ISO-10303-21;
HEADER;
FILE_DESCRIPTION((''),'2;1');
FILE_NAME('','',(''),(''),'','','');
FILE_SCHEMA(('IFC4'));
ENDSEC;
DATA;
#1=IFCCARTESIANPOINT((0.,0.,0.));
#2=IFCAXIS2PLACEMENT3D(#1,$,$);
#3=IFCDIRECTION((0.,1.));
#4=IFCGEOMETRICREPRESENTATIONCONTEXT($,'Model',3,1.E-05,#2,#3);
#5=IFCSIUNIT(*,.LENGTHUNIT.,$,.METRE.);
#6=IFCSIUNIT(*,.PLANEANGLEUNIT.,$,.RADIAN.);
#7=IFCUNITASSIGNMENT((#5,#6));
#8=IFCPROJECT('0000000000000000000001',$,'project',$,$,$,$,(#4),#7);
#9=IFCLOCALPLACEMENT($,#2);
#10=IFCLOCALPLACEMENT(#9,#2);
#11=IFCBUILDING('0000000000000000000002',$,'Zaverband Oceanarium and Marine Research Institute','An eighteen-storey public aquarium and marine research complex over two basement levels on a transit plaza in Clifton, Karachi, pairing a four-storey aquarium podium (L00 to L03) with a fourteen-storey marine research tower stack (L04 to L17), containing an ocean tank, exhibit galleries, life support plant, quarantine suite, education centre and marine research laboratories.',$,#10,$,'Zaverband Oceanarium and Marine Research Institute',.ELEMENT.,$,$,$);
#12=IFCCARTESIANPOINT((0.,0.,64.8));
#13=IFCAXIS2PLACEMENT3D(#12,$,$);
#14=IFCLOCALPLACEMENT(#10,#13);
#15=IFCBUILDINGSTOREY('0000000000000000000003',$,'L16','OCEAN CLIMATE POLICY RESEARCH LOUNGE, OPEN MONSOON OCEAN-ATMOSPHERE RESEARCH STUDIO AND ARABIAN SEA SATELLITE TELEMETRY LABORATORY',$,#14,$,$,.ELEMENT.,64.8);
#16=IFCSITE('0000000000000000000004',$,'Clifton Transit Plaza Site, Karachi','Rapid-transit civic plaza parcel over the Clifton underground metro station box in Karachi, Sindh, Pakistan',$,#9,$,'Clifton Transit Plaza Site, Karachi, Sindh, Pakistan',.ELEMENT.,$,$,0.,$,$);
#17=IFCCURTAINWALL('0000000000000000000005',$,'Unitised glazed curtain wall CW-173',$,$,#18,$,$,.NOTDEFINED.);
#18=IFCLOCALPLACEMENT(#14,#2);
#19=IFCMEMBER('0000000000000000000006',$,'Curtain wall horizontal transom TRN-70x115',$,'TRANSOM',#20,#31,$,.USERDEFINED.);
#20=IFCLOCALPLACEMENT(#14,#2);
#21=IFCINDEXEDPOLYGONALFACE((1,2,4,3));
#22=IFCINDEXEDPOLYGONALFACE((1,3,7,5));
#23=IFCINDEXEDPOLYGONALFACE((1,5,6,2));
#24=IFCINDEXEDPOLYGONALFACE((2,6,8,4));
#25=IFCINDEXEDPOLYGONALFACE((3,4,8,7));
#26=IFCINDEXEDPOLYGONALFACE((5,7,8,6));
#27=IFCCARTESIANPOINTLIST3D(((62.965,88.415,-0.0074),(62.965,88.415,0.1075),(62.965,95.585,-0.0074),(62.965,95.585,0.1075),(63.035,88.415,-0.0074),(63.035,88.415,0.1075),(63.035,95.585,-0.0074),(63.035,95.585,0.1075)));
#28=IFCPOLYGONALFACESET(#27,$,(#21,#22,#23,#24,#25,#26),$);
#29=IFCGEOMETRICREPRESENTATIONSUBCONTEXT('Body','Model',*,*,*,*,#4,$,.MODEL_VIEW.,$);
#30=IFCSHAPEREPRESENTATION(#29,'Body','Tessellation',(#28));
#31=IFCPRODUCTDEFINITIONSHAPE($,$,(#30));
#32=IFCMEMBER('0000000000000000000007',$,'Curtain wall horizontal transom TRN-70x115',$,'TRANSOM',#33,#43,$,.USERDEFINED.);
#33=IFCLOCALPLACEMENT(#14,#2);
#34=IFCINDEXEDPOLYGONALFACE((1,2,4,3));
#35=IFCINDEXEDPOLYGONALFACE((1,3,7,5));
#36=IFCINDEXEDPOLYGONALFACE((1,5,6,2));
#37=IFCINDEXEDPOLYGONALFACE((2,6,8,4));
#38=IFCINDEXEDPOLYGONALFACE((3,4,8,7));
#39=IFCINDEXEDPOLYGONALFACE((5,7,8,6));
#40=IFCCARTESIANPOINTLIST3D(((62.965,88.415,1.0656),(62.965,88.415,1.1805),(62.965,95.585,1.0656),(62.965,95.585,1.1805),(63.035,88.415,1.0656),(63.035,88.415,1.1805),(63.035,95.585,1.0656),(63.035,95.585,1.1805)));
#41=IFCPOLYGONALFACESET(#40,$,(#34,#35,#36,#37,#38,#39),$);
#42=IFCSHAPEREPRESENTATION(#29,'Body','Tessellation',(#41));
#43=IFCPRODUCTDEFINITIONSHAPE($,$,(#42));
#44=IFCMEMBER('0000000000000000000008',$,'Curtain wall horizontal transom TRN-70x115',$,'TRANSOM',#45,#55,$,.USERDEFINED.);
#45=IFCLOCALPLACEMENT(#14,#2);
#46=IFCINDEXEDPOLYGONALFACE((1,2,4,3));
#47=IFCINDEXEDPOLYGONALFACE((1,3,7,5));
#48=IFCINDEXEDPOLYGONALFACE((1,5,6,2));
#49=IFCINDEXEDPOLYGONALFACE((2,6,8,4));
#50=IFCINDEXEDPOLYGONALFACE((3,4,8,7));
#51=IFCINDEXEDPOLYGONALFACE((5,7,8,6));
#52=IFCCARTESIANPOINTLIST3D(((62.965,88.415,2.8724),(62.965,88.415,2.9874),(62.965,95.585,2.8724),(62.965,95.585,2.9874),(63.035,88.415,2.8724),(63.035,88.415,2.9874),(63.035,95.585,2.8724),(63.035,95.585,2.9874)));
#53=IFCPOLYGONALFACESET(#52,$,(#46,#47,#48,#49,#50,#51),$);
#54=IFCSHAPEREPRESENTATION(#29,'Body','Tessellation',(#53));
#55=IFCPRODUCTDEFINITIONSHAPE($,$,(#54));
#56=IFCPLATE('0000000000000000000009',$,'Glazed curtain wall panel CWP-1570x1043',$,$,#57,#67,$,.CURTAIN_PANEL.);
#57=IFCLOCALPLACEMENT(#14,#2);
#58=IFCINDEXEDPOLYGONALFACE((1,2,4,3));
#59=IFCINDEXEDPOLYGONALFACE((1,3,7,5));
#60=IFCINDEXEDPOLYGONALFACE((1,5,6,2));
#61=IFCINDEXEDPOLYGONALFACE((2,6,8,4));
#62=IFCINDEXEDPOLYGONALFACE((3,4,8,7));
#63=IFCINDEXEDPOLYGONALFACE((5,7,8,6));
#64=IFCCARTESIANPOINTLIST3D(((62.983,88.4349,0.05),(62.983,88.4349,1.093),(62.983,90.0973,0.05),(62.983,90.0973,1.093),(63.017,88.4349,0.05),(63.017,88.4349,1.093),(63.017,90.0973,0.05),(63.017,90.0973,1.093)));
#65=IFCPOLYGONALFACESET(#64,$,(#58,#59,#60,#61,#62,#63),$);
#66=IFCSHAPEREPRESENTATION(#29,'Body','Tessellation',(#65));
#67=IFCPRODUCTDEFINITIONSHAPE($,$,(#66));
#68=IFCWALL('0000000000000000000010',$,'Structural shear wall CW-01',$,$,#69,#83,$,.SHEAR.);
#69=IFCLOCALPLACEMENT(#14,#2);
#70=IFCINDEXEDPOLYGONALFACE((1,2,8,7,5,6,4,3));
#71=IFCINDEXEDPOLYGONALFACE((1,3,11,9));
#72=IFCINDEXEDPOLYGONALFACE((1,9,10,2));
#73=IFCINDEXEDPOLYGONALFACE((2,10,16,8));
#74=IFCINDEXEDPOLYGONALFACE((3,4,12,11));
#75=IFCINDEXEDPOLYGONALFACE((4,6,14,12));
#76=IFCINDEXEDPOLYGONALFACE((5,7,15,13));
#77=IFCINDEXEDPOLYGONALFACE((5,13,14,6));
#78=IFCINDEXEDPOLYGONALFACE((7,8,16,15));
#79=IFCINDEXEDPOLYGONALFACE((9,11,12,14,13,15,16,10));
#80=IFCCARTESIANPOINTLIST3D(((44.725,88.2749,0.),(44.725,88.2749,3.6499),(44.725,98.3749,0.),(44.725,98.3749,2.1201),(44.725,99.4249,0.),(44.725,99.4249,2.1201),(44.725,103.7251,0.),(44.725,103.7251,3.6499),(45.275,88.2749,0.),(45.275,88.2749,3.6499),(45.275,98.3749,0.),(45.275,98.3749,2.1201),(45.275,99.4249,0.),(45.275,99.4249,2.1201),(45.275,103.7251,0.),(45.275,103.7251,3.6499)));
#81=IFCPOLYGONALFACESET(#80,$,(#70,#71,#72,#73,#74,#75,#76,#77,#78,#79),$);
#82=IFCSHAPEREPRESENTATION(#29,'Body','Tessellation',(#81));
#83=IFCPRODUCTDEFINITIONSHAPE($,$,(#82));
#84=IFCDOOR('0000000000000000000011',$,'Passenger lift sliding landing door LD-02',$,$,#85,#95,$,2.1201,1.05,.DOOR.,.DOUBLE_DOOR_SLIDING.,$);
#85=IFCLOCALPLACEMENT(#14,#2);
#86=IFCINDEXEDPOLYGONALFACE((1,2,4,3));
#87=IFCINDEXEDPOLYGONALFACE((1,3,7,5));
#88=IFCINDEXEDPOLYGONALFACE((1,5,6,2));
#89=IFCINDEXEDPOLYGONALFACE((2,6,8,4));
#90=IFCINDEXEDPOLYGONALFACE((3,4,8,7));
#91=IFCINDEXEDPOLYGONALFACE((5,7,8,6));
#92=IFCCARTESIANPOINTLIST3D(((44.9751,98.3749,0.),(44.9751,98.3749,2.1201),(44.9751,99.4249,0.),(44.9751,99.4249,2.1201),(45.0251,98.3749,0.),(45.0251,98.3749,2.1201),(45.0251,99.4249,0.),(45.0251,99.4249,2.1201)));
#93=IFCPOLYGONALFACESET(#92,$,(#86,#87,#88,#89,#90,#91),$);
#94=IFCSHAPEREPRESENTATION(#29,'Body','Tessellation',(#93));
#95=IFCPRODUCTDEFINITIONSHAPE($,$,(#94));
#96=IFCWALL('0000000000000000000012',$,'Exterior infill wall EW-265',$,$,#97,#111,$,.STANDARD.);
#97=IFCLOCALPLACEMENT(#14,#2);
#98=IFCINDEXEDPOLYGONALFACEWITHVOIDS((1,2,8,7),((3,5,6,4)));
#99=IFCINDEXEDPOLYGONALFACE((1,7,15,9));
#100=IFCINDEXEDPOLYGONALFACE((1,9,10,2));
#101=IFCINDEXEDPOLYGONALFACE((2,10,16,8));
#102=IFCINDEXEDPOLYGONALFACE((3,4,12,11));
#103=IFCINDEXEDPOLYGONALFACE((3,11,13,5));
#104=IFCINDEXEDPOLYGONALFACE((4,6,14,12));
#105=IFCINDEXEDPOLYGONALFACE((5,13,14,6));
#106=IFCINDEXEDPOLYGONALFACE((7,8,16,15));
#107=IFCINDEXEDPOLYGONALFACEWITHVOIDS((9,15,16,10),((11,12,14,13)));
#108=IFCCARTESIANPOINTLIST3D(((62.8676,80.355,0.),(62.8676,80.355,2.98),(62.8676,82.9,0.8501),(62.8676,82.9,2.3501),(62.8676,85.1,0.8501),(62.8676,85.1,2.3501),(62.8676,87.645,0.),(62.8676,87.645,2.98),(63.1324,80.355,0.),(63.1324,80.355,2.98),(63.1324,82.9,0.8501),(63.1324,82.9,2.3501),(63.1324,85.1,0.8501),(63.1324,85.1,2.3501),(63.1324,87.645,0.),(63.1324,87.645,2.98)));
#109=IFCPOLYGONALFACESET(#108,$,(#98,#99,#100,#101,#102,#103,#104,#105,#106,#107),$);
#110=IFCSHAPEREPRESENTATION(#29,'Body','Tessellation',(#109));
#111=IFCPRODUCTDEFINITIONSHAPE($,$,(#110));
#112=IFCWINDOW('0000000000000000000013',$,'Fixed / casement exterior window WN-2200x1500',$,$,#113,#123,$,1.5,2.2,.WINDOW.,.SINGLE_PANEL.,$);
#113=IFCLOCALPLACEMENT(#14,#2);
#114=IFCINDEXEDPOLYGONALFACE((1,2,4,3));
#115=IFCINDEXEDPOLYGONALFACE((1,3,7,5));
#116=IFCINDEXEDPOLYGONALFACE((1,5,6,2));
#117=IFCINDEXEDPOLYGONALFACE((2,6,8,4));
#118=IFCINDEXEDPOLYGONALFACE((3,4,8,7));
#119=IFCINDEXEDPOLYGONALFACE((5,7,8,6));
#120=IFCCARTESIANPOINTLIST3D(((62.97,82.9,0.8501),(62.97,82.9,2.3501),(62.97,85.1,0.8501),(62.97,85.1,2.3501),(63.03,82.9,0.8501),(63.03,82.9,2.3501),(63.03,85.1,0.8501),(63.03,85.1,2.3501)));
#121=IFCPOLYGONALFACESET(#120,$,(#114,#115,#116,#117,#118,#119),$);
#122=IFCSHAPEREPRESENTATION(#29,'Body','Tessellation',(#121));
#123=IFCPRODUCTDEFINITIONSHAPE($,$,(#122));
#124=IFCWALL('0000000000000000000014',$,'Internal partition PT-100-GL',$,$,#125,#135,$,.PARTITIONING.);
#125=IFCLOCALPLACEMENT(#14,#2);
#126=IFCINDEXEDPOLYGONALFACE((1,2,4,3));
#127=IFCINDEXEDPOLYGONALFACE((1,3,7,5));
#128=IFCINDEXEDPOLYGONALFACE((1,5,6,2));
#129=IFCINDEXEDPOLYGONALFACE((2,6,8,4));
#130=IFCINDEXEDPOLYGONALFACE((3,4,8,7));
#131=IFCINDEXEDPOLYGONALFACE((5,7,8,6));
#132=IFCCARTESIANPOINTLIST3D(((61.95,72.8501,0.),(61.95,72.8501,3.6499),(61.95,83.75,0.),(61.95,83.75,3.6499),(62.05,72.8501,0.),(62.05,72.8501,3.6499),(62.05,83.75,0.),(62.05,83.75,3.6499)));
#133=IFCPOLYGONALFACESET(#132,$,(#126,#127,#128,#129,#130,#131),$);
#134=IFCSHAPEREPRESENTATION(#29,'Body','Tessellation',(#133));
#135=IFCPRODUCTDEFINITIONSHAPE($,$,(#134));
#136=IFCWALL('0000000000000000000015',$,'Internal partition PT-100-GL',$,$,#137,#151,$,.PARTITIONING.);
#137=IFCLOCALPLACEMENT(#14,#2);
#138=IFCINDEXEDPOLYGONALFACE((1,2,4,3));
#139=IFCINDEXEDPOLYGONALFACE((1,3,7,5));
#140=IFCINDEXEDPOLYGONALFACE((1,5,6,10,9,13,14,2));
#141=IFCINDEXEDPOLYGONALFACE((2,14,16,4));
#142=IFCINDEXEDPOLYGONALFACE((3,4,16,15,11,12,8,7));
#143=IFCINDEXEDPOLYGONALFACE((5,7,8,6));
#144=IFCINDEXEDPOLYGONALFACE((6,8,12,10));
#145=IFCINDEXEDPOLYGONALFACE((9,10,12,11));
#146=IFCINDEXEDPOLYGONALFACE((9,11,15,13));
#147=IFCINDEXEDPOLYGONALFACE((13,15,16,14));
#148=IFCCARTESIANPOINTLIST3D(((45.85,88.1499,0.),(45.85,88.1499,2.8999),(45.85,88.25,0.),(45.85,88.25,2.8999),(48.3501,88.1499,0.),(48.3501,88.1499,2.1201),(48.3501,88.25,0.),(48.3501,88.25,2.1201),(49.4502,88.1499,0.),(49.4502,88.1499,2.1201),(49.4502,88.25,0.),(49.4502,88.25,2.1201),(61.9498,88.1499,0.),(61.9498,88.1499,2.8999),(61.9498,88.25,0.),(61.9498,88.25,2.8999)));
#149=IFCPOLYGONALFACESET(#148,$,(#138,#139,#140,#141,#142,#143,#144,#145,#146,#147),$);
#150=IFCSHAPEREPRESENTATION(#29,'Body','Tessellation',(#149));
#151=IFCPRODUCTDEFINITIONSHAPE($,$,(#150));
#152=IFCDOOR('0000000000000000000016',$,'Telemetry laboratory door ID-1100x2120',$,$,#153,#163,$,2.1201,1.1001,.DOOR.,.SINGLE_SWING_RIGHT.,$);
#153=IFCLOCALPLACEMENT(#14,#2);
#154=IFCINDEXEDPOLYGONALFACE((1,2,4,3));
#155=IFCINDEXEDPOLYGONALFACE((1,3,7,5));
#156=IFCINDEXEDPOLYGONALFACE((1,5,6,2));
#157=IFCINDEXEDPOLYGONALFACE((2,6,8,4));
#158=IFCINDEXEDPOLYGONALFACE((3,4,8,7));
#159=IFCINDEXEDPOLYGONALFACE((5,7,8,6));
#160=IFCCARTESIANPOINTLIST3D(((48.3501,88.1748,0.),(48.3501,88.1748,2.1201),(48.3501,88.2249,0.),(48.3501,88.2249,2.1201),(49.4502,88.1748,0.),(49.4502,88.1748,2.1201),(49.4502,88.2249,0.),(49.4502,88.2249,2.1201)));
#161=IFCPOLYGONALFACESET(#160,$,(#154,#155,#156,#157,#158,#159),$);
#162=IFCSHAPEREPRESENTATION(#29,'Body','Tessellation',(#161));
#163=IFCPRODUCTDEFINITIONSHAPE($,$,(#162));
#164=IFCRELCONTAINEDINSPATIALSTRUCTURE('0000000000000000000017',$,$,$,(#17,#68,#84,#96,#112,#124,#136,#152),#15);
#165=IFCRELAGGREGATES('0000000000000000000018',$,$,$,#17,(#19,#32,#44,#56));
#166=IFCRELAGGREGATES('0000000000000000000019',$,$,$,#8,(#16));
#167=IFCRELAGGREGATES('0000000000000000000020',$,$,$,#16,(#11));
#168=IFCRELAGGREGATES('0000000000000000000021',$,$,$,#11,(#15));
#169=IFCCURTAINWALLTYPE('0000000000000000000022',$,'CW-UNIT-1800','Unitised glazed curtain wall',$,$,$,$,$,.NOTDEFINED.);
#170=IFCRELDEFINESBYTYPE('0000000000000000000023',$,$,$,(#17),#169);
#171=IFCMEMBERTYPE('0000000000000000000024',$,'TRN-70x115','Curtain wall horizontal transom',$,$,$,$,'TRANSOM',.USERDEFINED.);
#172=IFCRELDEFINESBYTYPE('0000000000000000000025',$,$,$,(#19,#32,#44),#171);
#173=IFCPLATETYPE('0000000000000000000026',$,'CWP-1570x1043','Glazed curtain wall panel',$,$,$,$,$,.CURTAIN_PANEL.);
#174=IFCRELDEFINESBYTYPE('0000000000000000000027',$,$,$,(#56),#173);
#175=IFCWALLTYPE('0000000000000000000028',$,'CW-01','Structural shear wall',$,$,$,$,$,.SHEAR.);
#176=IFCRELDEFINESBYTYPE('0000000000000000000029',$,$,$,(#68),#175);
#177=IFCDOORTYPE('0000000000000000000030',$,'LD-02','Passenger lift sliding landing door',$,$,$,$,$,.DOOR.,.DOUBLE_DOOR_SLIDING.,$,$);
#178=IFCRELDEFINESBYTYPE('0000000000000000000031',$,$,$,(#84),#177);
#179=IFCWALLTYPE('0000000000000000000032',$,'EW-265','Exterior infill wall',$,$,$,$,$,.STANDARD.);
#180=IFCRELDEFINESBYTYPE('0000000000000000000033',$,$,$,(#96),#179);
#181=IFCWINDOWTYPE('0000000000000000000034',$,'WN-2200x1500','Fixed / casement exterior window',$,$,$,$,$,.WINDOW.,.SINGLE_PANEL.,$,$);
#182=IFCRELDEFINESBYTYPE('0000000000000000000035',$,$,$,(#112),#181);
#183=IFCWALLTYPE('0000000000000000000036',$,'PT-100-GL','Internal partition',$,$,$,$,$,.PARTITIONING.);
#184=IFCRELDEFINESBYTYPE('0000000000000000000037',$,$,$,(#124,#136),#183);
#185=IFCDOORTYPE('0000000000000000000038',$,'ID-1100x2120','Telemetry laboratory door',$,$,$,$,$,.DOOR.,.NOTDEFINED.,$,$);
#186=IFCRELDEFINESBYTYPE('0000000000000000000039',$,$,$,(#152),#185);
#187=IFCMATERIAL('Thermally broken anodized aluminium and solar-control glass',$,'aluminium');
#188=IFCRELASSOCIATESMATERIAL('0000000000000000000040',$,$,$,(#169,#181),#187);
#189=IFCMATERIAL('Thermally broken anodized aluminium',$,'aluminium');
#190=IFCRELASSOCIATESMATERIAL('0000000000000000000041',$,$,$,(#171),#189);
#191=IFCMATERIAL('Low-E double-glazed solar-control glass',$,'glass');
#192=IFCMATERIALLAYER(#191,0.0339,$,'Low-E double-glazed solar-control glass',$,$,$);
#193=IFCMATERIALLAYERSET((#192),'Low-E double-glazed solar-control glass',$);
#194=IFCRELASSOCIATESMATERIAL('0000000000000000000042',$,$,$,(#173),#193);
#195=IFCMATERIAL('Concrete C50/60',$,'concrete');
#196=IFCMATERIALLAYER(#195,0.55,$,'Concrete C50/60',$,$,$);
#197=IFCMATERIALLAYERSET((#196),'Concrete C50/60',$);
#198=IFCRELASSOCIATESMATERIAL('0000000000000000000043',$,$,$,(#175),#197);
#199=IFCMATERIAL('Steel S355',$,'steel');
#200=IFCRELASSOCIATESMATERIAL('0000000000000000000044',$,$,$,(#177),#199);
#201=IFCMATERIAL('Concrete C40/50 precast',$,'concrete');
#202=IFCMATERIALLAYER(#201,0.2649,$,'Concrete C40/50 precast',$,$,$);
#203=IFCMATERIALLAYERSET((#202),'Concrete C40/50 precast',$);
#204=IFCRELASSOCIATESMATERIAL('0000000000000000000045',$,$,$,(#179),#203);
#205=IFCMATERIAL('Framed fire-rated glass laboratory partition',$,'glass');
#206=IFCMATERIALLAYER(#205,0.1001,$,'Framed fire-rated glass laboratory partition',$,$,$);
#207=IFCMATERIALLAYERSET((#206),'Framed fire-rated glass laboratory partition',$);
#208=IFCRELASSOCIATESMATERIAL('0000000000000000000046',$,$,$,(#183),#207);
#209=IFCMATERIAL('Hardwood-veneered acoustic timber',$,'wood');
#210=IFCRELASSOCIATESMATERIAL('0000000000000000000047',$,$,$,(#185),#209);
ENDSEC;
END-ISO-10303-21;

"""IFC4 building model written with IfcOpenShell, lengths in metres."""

from ifc_helpers import new_model, si_unit, direction, frame, frame_2d, origin, origin_2d, place, context, subcontext, project, spatial, rectangle, extrude, material, layer, layer_set, material_profile, profile_set, type_object, element, fill, aggregate, save


model = new_model("IFC4")

# Units and contexts
model_context = context("Model", 3, precision=1e-05, world=origin(), true_north=direction((0.0, 1.0)))
body_context = subcontext(model_context, "Body", "Model", "MODEL_VIEW")
ifc_project = project(units=[si_unit("LENGTHUNIT", "METRE"), si_unit("PLANEANGLEUNIT", "RADIAN")], contexts=[model_context])

# Site, building, storey
site_placement = place(None, origin())
site = spatial("IfcSite", under=ifc_project, at=site_placement, Name="Clifton Transit Plaza Site, Karachi", Description="Rapid-transit civic plaza parcel over the Clifton underground metro station box in Karachi, Sindh, Pakistan", LongName="Clifton Transit Plaza Site, Karachi, Sindh, Pakistan", CompositionType="ELEMENT", RefElevation=0.0)
building_placement = place(site_placement, origin())
building = spatial("IfcBuilding", under=site, at=building_placement, Name="Zaverband Oceanarium and Marine Research Institute", Description="An eighteen-storey public aquarium and marine research complex over two basement levels on a transit plaza in Clifton, Karachi, pairing a four-storey aquarium podium (L00 to L03) with a fourteen-storey marine research tower stack (L04 to L17), containing an ocean tank, exhibit galleries, life support plant, quarantine suite, education centre and marine research laboratories.", LongName="Zaverband Oceanarium and Marine Research Institute", CompositionType="ELEMENT")
storey_placement = place(building_placement, frame((0.0, 0.0, 64.8)))
storey = spatial("IfcBuildingStorey", under=building, at=storey_placement, Name="L16", Description="OCEAN CLIMATE POLICY RESEARCH LOUNGE, OPEN MONSOON OCEAN-ATMOSPHERE RESEARCH STUDIO AND ARABIAN SEA SATELLITE TELEMETRY LABORATORY", CompositionType="ELEMENT", Elevation=64.8)

# Shared definitions
ifc_material_1 = material(Name="Concrete C50/60", Category="concrete")

# Shared definitions
ifc_material_2 = material(Name="Steel S355", Category="steel")

# Curtain wall
ifc_material_3 = material(Name="Thermally broken anodized aluminium and solar-control glass", Category="aluminium")
curtain_wall_type = type_object("IfcCurtainWallType", Name="CW-UNIT-1800", Description="Unitised glazed curtain wall", PredefinedType="NOTDEFINED", material=ifc_material_3)
curtain_wall_placement = place(storey_placement, origin())
curtain_wall = element("IfcCurtainWall", 1, at=curtain_wall_placement, inside=storey, type_object=curtain_wall_type, Name="Unitised glazed curtain wall CW-173", PredefinedType="NOTDEFINED")
ifc_material_4 = material(Name="Thermally broken anodized aluminium", Category="aluminium")

# Members
ifc_material_profile_1 = material_profile(ifc_material_4, rectangle(XDim=0.0701, YDim=0.115, at=origin_2d()), Name="AL-TRN-70x115")
ifc_profile_set_1 = profile_set([ifc_material_profile_1], Name="Thermally broken anodized aluminium")
member_type_1 = type_object("IfcMemberType", Name="TRN-70x115", Description="Curtain wall horizontal transom", ElementType="TRANSOM", PredefinedType="USERDEFINED", material=ifc_profile_set_1)
member_1_placement = place(storey_placement, frame((63.0, 88.415, 0.05), z_axis=(0.0, 1.0, 0.0), x_axis=(-1.0, 0.0, 0.0)))
member_1 = element("IfcMember", 2, at=member_1_placement, type_object=member_type_1, Name="Curtain wall horizontal transom TRN-70x115", ObjectType="TRANSOM", PredefinedType="USERDEFINED", context=body_context, shape_type="SweptSolid", body=[
    extrude(rectangle(XDim=0.0701, YDim=0.115, at=origin_2d()), origin(), (0.0, 0.0, 1.0), 7.1699),
])
member_2_placement = place(storey_placement, frame((63.0, 88.415, 1.123), z_axis=(0.0, 1.0, 0.0), x_axis=(-1.0, 0.0, 0.0)))
member_2 = element("IfcMember", 3, at=member_2_placement, type_object=member_type_1, Name="Curtain wall horizontal transom TRN-70x115", ObjectType="TRANSOM", PredefinedType="USERDEFINED", context=body_context, shape_type="SweptSolid", body=[
    extrude(rectangle(XDim=0.0701, YDim=0.115, at=origin_2d()), origin(), (0.0, 0.0, 1.0), 7.1699),
])
member_3_placement = place(storey_placement, frame((63.0, 88.415, 2.9299), z_axis=(0.0, 1.0, 0.0), x_axis=(-1.0, 0.0, 0.0)))
member_3 = element("IfcMember", 4, at=member_3_placement, type_object=member_type_1, Name="Curtain wall horizontal transom TRN-70x115", ObjectType="TRANSOM", PredefinedType="USERDEFINED", context=body_context, shape_type="SweptSolid", body=[
    extrude(rectangle(XDim=0.0701, YDim=0.115, at=origin_2d()), origin(), (0.0, 0.0, 1.0), 7.1699),
])

# Plate
ifc_material_5 = material(Name="Low-E double-glazed solar-control glass", Category="glass")
ifc_layer_1 = layer(ifc_material_5, 0.0339, Name="Low-E double-glazed solar-control glass")
ifc_layer_set_1 = layer_set([ifc_layer_1], Name="Low-E double-glazed solar-control glass")
plate_type = type_object("IfcPlateType", Name="CWP-1570x1043", Description="Glazed curtain wall panel", PredefinedType="CURTAIN_PANEL", material=ifc_layer_set_1)
plate_placement = place(storey_placement, frame((63.0, 88.4351, 0.05), z_axis=(0.0, 0.0, 1.0), x_axis=(0.0, 1.0, 0.0)))
plate = element("IfcPlate", 5, at=plate_placement, type_object=plate_type, Name="Glazed curtain wall panel CWP-1570x1043", PredefinedType="CURTAIN_PANEL", context=body_context, shape_type="SweptSolid", body=[
    extrude(rectangle(XDim=1.6624, YDim=0.0339, at=frame_2d((0.8311, 0.0))), origin(), (0.0, 0.0, 1.0), 1.043),
])
aggregate(curtain_wall, [member_1, member_2, member_3, plate])

# Wall, opening, door
ifc_layer_2 = layer(ifc_material_1, 0.55, Name="Concrete C50/60")
ifc_layer_set_2 = layer_set([ifc_layer_2], Name="Concrete C50/60")
wall_type_1 = type_object("IfcWallType", Name="CW-01", Description="Structural shear wall", PredefinedType="SHEAR", material=ifc_layer_set_2)
wall_1_placement = place(storey_placement, frame((45.0, 88.2749, 0.0), z_axis=(0.0, 0.0, 1.0), x_axis=(0.0, 1.0, 0.0)))
wall_1 = element("IfcWall", 6, at=wall_1_placement, inside=storey, type_object=wall_type_1, Name="Structural shear wall CW-01", PredefinedType="SHEAR", context=body_context, shape_type="SweptSolid", body=[
    extrude(rectangle(XDim=15.4502, YDim=0.55, at=frame_2d((7.7251, 0.0))), origin(), (0.0, 0.0, 1.0), 3.6499),
])
opening_1_placement = place(wall_1_placement, frame((10.1001, 0.0, 0.0)))
opening_1 = element("IfcOpeningElement", 7, at=opening_1_placement, cuts=wall_1, PredefinedType="OPENING", context=body_context, shape_type="SweptSolid", body=[
    extrude(rectangle(XDim=1.05, YDim=2.1201, at=frame_2d((0.5249, 1.0601))), frame((0.0, 0.2871, 0.0), z_axis=(0.0, -1.0, 0.0), x_axis=(1.0, 0.0, 0.0)), (0.0, 0.0, 1.0), 0.574),
])
door_type_1 = type_object("IfcDoorType", Name="LD-02", Description="Passenger lift sliding landing door", OperationType="DOUBLE_DOOR_SLIDING", PredefinedType="DOOR", material=ifc_material_2)
door_1_placement = place(opening_1_placement, origin())
door_1 = element("IfcDoor", 8, at=door_1_placement, inside=storey, type_object=door_type_1, Name="Passenger lift sliding landing door LD-02", OperationType="DOUBLE_DOOR_SLIDING", OverallHeight=2.1201, OverallWidth=1.05, PredefinedType="DOOR", context=body_context, shape_type="SweptSolid", body=[
    extrude(rectangle(XDim=1.05, YDim=2.1201, at=frame_2d((0.5249, 1.0601))), frame((0.0, 0.0249, 0.0), z_axis=(0.0, -1.0, 0.0), x_axis=(1.0, 0.0, 0.0)), (0.0, 0.0, 1.0), 0.05),
])
fill(opening_1, door_1)

# Wall, opening, window
ifc_material_6 = material(Name="Concrete C40/50 precast", Category="concrete")
ifc_layer_3 = layer(ifc_material_6, 0.2649, Name="Concrete C40/50 precast")
ifc_layer_set_3 = layer_set([ifc_layer_3], Name="Concrete C40/50 precast")
wall_type_2 = type_object("IfcWallType", Name="EW-265", Description="Exterior infill wall", PredefinedType="STANDARD", material=ifc_layer_set_3)
wall_2_placement = place(storey_placement, frame((63.0, 80.355, 0.0), z_axis=(0.0, 0.0, 1.0), x_axis=(0.0, 1.0, 0.0)))
wall_2 = element("IfcWall", 9, at=wall_2_placement, inside=storey, type_object=wall_type_2, Name="Exterior infill wall EW-265", PredefinedType="STANDARD", context=body_context, shape_type="SweptSolid", body=[
    extrude(rectangle(XDim=7.29, YDim=0.2649, at=frame_2d((3.645, 0.0))), origin(), (0.0, 0.0, 1.0), 2.98),
])
opening_2_placement = place(wall_2_placement, frame((2.5449, 0.0, 0.8501)))
opening_2 = element("IfcOpeningElement", 10, at=opening_2_placement, cuts=wall_2, PredefinedType="OPENING", context=body_context, shape_type="SweptSolid", body=[
    extrude(rectangle(XDim=2.2, YDim=1.5, at=frame_2d((1.1001, 0.75))), frame((0.0, 0.1445, 0.0), z_axis=(0.0, -1.0, 0.0), x_axis=(1.0, 0.0, 0.0)), (0.0, 0.0, 1.0), 0.2888),
])
window_type = type_object("IfcWindowType", Name="WN-2200x1500", Description="Fixed / casement exterior window", PartitioningType="SINGLE_PANEL", PredefinedType="WINDOW", material=ifc_material_3)
window_placement = place(opening_2_placement, origin())
window = element("IfcWindow", 11, at=window_placement, inside=storey, type_object=window_type, Name="Fixed / casement exterior window WN-2200x1500", OverallHeight=1.5, OverallWidth=2.2, PartitioningType="SINGLE_PANEL", PredefinedType="WINDOW", context=body_context, shape_type="SweptSolid", body=[
    extrude(rectangle(XDim=2.2, YDim=1.5, at=frame_2d((1.1001, 0.75))), frame((0.0, 0.03, 0.0), z_axis=(0.0, -1.0, 0.0), x_axis=(1.0, 0.0, 0.0)), (0.0, 0.0, 1.0), 0.0601),
])
fill(opening_2, window)

# Wall
ifc_material_7 = material(Name="Framed fire-rated glass laboratory partition", Category="glass")
ifc_layer_4 = layer(ifc_material_7, 0.1001, Name="Framed fire-rated glass laboratory partition")
ifc_layer_set_4 = layer_set([ifc_layer_4], Name="Framed fire-rated glass laboratory partition")
wall_type_3 = type_object("IfcWallType", Name="PT-100-GL", Description="Internal partition", PredefinedType="PARTITIONING", material=ifc_layer_set_4)
wall_3_placement = place(storey_placement, frame((62.0, 72.8501, 0.0), z_axis=(0.0, 0.0, 1.0), x_axis=(0.0, 1.0, 0.0)))
element("IfcWall", 12, at=wall_3_placement, inside=storey, type_object=wall_type_3, Name="Internal partition PT-100-GL", PredefinedType="PARTITIONING", context=body_context, shape_type="SweptSolid", body=[
    extrude(rectangle(XDim=10.8999, YDim=0.1001, at=frame_2d((5.45, 0.0))), origin(), (0.0, 0.0, 1.0), 3.6499),
])

# Wall, opening, door
wall_4_placement = place(storey_placement, frame((45.8501, 88.2, 0.0), z_axis=(0.0, 0.0, 1.0), x_axis=(1.0, 0.0, 0.0)))
wall_4 = element("IfcWall", 13, at=wall_4_placement, inside=storey, type_object=wall_type_3, Name="Internal partition PT-100-GL", PredefinedType="PARTITIONING", context=body_context, shape_type="SweptSolid", body=[
    extrude(rectangle(XDim=16.0999, YDim=0.1001, at=frame_2d((8.0498, 0.0))), origin(), (0.0, 0.0, 1.0), 2.8999),
])
opening_3_placement = place(wall_4_placement, frame((2.5, 0.0, 0.0)))
opening_3 = element("IfcOpeningElement", 14, at=opening_3_placement, cuts=wall_4, PredefinedType="OPENING", context=body_context, shape_type="SweptSolid", body=[
    extrude(rectangle(XDim=1.1001, YDim=2.1201, at=frame_2d((0.55, 1.0601))), frame((0.0, 0.062, 0.0), z_axis=(0.0, -1.0, 0.0), x_axis=(1.0, 0.0, 0.0)), (0.0, 0.0, 1.0), 0.124),
])
ifc_material_8 = material(Name="Hardwood-veneered acoustic timber", Category="wood")
door_type_2 = type_object("IfcDoorType", Name="ID-1100x2120", Description="Telemetry laboratory door", OperationType="NOTDEFINED", PredefinedType="DOOR", material=ifc_material_8)
door_2_placement = place(opening_3_placement, origin())
door_2 = element("IfcDoor", 15, at=door_2_placement, inside=storey, type_object=door_type_2, Name="Telemetry laboratory door ID-1100x2120", OperationType="SINGLE_SWING_RIGHT", OverallHeight=2.1201, OverallWidth=1.1001, PredefinedType="DOOR", context=body_context, shape_type="SweptSolid", body=[
    extrude(rectangle(XDim=1.1001, YDim=2.1201, at=frame_2d((0.55, 1.0601))), frame((0.0, 0.0249, 0.0), z_axis=(0.0, -1.0, 0.0), x_axis=(1.0, 0.0, 0.0)), (0.0, 0.0, 1.0), 0.05),
])
fill(opening_3, door_2)

save(model, "model.ifc")
